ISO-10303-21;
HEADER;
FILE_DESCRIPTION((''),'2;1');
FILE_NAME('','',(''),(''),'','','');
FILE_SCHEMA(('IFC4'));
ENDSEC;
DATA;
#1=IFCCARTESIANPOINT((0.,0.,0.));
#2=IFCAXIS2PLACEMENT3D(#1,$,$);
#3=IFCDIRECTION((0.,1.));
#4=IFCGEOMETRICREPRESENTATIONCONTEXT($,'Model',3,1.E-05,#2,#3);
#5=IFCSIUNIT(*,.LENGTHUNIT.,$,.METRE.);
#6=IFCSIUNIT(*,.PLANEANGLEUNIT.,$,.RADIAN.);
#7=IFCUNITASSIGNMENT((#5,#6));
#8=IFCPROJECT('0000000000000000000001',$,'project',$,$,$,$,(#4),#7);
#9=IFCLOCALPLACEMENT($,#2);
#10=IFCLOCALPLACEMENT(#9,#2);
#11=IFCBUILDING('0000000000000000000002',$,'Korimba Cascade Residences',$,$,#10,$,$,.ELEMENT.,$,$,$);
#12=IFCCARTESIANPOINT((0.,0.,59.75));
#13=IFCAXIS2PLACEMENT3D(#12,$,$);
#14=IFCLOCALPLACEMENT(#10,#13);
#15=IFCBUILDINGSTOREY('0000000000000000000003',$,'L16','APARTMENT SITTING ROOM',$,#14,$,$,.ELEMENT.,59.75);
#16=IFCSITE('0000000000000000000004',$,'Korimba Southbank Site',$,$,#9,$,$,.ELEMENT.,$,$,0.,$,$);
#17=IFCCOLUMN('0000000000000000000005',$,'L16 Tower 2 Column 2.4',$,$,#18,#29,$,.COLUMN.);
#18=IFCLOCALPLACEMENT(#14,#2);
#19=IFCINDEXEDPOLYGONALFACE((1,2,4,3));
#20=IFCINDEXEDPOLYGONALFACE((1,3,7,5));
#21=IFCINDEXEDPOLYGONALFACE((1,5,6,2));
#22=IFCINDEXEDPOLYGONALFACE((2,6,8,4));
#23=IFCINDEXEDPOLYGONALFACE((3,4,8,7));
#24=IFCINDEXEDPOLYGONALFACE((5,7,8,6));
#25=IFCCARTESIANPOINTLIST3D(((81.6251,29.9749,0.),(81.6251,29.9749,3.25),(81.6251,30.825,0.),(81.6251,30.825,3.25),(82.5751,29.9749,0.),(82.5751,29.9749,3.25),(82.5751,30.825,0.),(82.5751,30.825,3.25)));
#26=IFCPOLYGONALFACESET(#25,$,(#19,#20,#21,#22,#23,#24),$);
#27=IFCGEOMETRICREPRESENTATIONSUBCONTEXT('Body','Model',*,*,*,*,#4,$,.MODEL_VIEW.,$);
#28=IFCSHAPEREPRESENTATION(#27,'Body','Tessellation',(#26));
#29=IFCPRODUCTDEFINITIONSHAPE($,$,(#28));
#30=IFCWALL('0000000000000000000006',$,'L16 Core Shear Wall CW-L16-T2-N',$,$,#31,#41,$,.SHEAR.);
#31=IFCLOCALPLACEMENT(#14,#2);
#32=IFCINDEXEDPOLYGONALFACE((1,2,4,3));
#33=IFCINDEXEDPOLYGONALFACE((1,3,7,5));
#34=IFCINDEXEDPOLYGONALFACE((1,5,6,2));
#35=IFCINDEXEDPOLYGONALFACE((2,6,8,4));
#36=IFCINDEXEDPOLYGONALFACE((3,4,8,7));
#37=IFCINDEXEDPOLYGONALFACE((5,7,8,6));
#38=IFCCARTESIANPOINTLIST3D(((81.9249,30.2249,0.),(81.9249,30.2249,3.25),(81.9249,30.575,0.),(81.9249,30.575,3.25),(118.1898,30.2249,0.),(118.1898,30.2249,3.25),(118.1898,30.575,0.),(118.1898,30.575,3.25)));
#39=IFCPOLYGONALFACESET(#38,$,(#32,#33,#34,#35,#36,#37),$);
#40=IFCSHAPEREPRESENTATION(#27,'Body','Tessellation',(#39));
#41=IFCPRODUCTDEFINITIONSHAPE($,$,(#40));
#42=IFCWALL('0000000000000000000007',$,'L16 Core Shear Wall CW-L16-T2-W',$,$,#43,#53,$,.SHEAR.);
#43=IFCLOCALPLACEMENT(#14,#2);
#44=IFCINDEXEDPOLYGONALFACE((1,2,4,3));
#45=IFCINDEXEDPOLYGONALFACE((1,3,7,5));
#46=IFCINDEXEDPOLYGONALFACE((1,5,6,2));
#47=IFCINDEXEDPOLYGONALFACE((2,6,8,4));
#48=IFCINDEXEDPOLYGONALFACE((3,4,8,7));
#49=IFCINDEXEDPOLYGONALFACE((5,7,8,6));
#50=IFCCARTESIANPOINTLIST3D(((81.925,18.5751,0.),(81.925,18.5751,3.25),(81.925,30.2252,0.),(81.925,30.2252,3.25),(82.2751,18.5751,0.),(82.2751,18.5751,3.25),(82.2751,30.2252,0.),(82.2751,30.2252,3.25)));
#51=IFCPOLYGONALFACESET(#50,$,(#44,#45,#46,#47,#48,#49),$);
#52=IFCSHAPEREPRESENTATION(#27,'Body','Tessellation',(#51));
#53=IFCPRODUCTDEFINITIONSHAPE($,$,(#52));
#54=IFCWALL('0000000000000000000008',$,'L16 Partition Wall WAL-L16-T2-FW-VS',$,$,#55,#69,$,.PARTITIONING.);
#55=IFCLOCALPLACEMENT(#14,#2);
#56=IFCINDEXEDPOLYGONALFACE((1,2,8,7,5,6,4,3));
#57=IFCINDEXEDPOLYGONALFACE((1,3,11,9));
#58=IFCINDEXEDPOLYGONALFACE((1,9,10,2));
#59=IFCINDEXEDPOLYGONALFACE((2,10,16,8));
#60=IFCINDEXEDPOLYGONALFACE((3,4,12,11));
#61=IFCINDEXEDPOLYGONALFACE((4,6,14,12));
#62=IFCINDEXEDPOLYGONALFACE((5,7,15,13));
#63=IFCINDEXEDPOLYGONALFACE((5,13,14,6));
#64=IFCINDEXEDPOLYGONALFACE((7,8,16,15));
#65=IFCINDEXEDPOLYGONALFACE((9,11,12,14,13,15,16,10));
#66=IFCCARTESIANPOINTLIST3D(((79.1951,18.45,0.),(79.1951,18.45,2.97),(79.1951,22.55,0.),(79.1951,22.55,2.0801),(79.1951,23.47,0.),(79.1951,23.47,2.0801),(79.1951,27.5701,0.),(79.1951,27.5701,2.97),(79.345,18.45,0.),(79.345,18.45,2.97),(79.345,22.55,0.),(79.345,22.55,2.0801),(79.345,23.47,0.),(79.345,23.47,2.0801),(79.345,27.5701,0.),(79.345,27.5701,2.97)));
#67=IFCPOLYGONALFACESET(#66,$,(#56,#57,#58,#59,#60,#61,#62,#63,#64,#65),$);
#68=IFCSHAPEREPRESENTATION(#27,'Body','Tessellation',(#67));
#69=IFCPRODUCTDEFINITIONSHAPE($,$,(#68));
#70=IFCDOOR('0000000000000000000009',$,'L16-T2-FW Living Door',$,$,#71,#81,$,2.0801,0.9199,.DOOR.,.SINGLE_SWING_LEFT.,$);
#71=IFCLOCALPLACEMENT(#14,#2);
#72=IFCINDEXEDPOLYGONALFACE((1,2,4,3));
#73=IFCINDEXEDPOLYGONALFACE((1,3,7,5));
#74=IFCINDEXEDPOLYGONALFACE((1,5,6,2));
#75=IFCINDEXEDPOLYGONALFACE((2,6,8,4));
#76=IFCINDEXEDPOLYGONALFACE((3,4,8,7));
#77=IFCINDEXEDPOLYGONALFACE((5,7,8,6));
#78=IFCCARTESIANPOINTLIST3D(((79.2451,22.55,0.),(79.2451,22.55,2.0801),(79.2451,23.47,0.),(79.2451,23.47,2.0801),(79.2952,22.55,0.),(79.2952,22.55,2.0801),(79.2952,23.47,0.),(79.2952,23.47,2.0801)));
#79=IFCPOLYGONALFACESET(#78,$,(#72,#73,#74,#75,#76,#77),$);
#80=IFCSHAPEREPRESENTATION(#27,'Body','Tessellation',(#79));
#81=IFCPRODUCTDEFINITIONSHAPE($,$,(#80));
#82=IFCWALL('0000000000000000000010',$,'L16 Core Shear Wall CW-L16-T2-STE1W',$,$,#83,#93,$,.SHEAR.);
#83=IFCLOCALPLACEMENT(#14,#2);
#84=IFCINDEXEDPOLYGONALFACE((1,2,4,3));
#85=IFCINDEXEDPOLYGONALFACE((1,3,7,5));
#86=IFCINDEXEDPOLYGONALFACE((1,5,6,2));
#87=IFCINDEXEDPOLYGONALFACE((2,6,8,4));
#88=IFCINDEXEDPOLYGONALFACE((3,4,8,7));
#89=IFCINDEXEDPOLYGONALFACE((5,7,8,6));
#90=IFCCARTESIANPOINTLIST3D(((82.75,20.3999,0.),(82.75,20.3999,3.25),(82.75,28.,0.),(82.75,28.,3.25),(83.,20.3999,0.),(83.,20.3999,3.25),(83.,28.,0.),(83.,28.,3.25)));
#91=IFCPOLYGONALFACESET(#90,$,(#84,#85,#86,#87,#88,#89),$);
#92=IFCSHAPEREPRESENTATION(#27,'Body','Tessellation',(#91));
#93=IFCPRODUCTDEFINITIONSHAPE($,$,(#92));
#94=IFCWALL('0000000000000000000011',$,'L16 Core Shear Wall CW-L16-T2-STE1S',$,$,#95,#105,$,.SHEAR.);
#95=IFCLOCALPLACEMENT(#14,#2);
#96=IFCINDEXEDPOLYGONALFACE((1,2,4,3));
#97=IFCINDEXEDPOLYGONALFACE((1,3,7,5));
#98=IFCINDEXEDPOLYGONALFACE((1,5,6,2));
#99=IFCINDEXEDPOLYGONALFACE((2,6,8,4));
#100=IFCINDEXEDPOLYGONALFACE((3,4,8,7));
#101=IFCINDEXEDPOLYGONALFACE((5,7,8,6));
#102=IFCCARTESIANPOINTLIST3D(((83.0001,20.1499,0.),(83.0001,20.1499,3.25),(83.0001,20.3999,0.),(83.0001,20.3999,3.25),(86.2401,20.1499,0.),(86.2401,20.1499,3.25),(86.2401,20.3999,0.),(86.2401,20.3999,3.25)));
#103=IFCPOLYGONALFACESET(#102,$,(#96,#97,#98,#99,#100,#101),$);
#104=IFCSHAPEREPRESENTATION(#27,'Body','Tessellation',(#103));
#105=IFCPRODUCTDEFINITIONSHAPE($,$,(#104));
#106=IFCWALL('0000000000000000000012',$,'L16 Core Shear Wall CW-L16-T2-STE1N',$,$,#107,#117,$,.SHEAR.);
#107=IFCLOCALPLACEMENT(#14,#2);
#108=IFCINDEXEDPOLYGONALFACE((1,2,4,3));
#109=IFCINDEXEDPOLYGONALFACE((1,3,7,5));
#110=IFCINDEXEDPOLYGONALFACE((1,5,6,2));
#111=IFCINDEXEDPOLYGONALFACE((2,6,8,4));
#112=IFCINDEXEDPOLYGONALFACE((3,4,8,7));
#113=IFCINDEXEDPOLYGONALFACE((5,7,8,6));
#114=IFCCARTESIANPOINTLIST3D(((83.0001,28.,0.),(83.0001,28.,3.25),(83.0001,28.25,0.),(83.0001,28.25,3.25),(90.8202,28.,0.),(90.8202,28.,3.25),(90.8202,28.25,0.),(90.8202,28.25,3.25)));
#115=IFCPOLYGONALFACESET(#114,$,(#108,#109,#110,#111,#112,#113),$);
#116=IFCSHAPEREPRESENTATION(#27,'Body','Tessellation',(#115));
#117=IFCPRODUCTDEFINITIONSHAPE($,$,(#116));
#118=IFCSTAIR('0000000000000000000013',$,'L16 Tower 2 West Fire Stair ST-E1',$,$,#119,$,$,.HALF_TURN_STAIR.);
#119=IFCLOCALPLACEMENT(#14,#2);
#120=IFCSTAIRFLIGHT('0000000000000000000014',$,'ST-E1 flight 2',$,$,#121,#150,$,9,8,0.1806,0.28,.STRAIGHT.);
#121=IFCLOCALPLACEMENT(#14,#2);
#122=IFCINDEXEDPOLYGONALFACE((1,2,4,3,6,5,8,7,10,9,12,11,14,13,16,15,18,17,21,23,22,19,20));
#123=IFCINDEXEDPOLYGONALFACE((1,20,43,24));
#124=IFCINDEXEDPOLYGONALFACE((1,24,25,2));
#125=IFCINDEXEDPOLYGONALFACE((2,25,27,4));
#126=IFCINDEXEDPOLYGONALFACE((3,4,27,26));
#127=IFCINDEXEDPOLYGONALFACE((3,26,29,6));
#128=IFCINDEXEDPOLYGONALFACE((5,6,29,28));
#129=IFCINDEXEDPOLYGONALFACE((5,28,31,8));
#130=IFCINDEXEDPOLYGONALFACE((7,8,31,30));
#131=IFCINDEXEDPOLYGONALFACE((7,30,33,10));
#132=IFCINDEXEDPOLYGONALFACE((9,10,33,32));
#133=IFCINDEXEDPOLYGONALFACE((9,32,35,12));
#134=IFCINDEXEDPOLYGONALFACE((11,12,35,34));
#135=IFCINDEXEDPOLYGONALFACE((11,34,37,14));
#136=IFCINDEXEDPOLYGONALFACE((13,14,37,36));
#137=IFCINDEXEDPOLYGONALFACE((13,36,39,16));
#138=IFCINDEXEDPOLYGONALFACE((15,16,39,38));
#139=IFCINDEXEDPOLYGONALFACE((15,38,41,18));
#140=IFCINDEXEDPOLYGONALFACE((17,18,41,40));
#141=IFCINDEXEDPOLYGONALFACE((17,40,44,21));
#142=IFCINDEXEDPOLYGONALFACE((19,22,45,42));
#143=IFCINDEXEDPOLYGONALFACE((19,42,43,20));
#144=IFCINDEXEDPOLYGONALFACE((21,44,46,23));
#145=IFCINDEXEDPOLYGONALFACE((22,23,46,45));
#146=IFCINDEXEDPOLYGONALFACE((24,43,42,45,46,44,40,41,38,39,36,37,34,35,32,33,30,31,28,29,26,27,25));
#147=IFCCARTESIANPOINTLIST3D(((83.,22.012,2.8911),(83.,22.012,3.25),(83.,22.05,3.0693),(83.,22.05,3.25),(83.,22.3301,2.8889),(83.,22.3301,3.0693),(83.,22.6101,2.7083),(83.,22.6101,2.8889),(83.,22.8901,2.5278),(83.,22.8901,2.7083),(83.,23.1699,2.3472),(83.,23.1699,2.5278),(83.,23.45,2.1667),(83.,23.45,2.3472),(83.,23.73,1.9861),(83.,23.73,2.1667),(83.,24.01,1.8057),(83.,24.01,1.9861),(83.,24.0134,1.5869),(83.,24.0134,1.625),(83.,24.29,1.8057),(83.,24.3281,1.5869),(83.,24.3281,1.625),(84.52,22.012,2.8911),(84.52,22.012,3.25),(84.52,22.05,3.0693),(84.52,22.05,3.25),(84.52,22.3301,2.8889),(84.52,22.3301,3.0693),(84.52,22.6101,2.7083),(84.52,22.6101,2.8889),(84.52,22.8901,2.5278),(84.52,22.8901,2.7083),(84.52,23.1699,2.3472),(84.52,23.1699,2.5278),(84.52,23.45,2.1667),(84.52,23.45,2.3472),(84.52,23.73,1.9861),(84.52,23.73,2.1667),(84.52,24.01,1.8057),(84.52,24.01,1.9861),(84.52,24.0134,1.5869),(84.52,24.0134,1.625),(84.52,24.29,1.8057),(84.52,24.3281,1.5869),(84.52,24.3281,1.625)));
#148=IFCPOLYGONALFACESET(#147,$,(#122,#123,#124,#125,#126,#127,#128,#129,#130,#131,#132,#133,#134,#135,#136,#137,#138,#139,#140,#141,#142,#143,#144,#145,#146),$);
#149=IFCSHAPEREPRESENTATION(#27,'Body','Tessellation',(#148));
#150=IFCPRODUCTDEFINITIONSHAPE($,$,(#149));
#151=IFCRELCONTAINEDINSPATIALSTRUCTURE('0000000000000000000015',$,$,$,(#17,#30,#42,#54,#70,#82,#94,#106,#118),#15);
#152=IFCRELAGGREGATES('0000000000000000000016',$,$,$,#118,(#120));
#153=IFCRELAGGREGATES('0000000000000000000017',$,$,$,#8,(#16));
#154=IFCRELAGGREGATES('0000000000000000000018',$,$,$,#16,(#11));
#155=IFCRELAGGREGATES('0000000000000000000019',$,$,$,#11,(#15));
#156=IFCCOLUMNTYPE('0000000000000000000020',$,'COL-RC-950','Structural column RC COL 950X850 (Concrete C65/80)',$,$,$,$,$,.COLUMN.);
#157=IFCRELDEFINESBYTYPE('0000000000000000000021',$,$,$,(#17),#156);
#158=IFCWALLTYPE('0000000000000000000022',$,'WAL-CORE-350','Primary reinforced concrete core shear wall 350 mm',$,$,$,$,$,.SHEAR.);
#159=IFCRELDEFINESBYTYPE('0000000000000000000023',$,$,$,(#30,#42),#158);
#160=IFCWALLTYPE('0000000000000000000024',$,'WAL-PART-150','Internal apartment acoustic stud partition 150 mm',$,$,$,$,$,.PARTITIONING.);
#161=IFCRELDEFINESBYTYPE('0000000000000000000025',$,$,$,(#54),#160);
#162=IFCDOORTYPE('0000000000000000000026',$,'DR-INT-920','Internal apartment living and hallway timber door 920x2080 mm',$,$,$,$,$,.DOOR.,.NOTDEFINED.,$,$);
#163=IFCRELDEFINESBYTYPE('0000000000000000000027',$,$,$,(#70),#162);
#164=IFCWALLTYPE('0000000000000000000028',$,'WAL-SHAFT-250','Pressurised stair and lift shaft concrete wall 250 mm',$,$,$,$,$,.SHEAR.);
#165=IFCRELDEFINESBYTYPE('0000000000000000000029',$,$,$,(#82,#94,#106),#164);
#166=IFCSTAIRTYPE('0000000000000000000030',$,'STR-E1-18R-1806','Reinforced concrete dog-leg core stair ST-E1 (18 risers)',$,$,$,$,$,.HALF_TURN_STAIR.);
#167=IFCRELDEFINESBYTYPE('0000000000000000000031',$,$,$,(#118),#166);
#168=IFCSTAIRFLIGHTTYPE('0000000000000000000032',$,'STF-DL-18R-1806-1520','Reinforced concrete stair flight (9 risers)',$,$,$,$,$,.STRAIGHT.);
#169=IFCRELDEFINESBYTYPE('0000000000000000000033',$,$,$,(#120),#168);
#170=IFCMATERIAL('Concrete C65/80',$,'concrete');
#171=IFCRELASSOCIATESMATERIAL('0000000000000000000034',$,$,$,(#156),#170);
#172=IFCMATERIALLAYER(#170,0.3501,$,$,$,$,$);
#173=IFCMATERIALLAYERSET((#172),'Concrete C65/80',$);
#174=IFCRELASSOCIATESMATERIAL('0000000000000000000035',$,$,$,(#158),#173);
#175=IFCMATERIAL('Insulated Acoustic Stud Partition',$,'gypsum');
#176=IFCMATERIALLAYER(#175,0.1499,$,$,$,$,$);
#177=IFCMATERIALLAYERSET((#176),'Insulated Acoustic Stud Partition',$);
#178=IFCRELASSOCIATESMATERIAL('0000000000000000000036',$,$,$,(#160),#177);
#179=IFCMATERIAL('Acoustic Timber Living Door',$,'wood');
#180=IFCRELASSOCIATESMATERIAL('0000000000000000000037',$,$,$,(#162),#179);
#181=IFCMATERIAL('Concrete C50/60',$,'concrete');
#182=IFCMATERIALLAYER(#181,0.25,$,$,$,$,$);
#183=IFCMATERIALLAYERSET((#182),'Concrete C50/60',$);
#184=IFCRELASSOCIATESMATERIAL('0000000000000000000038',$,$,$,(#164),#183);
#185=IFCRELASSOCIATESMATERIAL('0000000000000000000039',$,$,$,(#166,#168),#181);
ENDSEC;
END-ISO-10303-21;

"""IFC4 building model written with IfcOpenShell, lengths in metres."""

from ifc_helpers import new_model, si_unit, direction, frame, frame_2d, origin, origin_2d, place, context, subcontext, project, spatial, polyline, rectangle, outline, extrude, material, layer, layer_set, material_profile, profile_set, type_object, element, fill, aggregate, save


model = new_model("IFC4")

# Units and contexts
model_context = context("Model", 3, precision=1e-05, world=origin(), true_north=direction((0.0, 1.0)))
body_context = subcontext(model_context, "Body", "Model", "MODEL_VIEW")
ifc_project = project(units=[si_unit("LENGTHUNIT", "METRE"), si_unit("PLANEANGLEUNIT", "RADIAN")], contexts=[model_context])

# Site, building, storey
site_placement = place(None, origin())
site = spatial("IfcSite", under=ifc_project, at=site_placement, Name="Korimba Southbank Site", CompositionType="ELEMENT", RefElevation=0.0)
building_placement = place(site_placement, origin())
building = spatial("IfcBuilding", under=site, at=building_placement, Name="Korimba Cascade Residences", CompositionType="ELEMENT")
storey_placement = place(building_placement, frame((0.0, 0.0, 59.75)))
storey = spatial("IfcBuildingStorey", under=building, at=storey_placement, Name="L16", Description="APARTMENT SITTING ROOM", CompositionType="ELEMENT", Elevation=59.75)

# Column
ifc_material_1 = material(Name="Concrete C65/80", Category="concrete")
ifc_material_profile = material_profile(ifc_material_1, rectangle(XDim=0.95, YDim=0.8501, at=origin_2d()), Name="Concrete C65/80")
ifc_profile_set = profile_set([ifc_material_profile], Name="Concrete C65/80")
column_type = type_object("IfcColumnType", Name="COL-RC-950", Description="Structural column RC COL 950X850 (Concrete C65/80)", PredefinedType="COLUMN", material=ifc_profile_set)
column_placement = place(storey_placement, frame((82.1001, 30.3999, 0.0), z_axis=(0.0, 0.0, 1.0), x_axis=(1.0, 0.0, 0.0)))
element("IfcColumn", 1, at=column_placement, inside=storey, type_object=column_type, Name="L16 Tower 2 Column 2.4", PredefinedType="COLUMN", context=body_context, shape_type="SweptSolid", body=[
    extrude(rectangle(XDim=0.95, YDim=0.8501, at=origin_2d()), origin(), (0.0, 0.0, 1.0), 3.25),
])

# Walls
ifc_layer_1 = layer(ifc_material_1, 0.3501)
ifc_layer_set_1 = layer_set([ifc_layer_1], Name="Concrete C65/80")
wall_type_1 = type_object("IfcWallType", Name="WAL-CORE-350", Description="Primary reinforced concrete core shear wall 350 mm", PredefinedType="SHEAR", material=ifc_layer_set_1)
wall_1_placement = place(storey_placement, frame((81.925, 30.3999, 0.0), z_axis=(0.0, 0.0, 1.0), x_axis=(1.0, 0.0, 0.0)))
element("IfcWall", 2, at=wall_1_placement, inside=storey, type_object=wall_type_1, Name="L16 Core Shear Wall CW-L16-T2-N", PredefinedType="SHEAR", context=body_context, shape_type="SweptSolid", body=[
    extrude(rectangle(XDim=36.2649, YDim=0.3501, at=frame_2d((18.1323, 0.0))), origin(), (0.0, 0.0, 1.0), 3.25),
])
wall_2_placement = place(storey_placement, frame((82.1001, 18.575, 0.0), z_axis=(0.0, 0.0, 1.0), x_axis=(0.0, 1.0, 0.0)))
element("IfcWall", 3, at=wall_2_placement, inside=storey, type_object=wall_type_1, Name="L16 Core Shear Wall CW-L16-T2-W", PredefinedType="SHEAR", context=body_context, shape_type="SweptSolid", body=[
    extrude(rectangle(XDim=11.6501, YDim=0.3501, at=frame_2d((5.8252, 0.0))), origin(), (0.0, 0.0, 1.0), 3.25),
])

# Wall, opening, door
ifc_material_2 = material(Name="Insulated Acoustic Stud Partition", Category="gypsum")
ifc_layer_2 = layer(ifc_material_2, 0.1499)
ifc_layer_set_2 = layer_set([ifc_layer_2], Name="Insulated Acoustic Stud Partition")
wall_type_2 = type_object("IfcWallType", Name="WAL-PART-150", Description="Internal apartment acoustic stud partition 150 mm", PredefinedType="PARTITIONING", material=ifc_layer_set_2)
wall_3_placement = place(storey_placement, frame((79.27, 18.45, 0.0), z_axis=(0.0, 0.0, 1.0), x_axis=(0.0, 1.0, 0.0)))
wall_3 = element("IfcWall", 4, at=wall_3_placement, inside=storey, type_object=wall_type_2, Name="L16 Partition Wall WAL-L16-T2-FW-VS", PredefinedType="PARTITIONING", context=body_context, shape_type="SweptSolid", body=[
    extrude(rectangle(XDim=9.1201, YDim=0.1499, at=frame_2d((4.5601, 0.0))), origin(), (0.0, 0.0, 1.0), 2.97),
])
opening_placement = place(wall_3_placement, frame((4.1001, 0.0, 0.0)))
opening = element("IfcOpeningElement", 5, at=opening_placement, cuts=wall_3, PredefinedType="OPENING", context=body_context, shape_type="SweptSolid", body=[
    extrude(rectangle(XDim=0.9199, YDim=2.0801, at=frame_2d((0.46, 1.04))), frame((0.0, 0.085, 0.0), z_axis=(0.0, -1.0, 0.0), x_axis=(1.0, 0.0, 0.0)), (0.0, 0.0, 1.0), 0.1699),
])
ifc_material_3 = material(Name="Acoustic Timber Living Door", Category="wood")
door_type = type_object("IfcDoorType", Name="DR-INT-920", Description="Internal apartment living and hallway timber door 920x2080 mm", OperationType="NOTDEFINED", PredefinedType="DOOR", material=ifc_material_3)
door_placement = place(opening_placement, origin())
door = element("IfcDoor", 6, at=door_placement, inside=storey, type_object=door_type, Name="L16-T2-FW Living Door", OperationType="SINGLE_SWING_LEFT", OverallHeight=2.0801, OverallWidth=0.9199, PredefinedType="DOOR", context=body_context, shape_type="SweptSolid", body=[
    extrude(rectangle(XDim=0.9199, YDim=2.0801, at=frame_2d((0.46, 1.04))), frame((0.0, 0.0249, 0.0), z_axis=(0.0, -1.0, 0.0), x_axis=(1.0, 0.0, 0.0)), (0.0, 0.0, 1.0), 0.05),
])
fill(opening, door)

# Walls
ifc_material_4 = material(Name="Concrete C50/60", Category="concrete")
ifc_layer_3 = layer(ifc_material_4, 0.25)
ifc_layer_set_3 = layer_set([ifc_layer_3], Name="Concrete C50/60")
wall_type_3 = type_object("IfcWallType", Name="WAL-SHAFT-250", Description="Pressurised stair and lift shaft concrete wall 250 mm", PredefinedType="SHEAR", material=ifc_layer_set_3)
wall_4_placement = place(storey_placement, frame((82.875, 20.3999, 0.0), z_axis=(0.0, 0.0, 1.0), x_axis=(0.0, 1.0, 0.0)))
element("IfcWall", 7, at=wall_4_placement, inside=storey, type_object=wall_type_3, Name="L16 Core Shear Wall CW-L16-T2-STE1W", PredefinedType="SHEAR", context=body_context, shape_type="SweptSolid", body=[
    extrude(rectangle(XDim=7.6001, YDim=0.25, at=frame_2d((3.8, 0.0))), origin(), (0.0, 0.0, 1.0), 3.25),
])
wall_5_placement = place(storey_placement, frame((83.0, 20.2749, 0.0), z_axis=(0.0, 0.0, 1.0), x_axis=(1.0, 0.0, 0.0)))
element("IfcWall", 8, at=wall_5_placement, inside=storey, type_object=wall_type_3, Name="L16 Core Shear Wall CW-L16-T2-STE1S", PredefinedType="SHEAR", context=body_context, shape_type="SweptSolid", body=[
    extrude(rectangle(XDim=3.24, YDim=0.25, at=frame_2d((1.6201, 0.0))), origin(), (0.0, 0.0, 1.0), 3.25),
])
wall_6_placement = place(storey_placement, frame((83.0, 28.125, 0.0), z_axis=(0.0, 0.0, 1.0), x_axis=(1.0, 0.0, 0.0)))
element("IfcWall", 9, at=wall_6_placement, inside=storey, type_object=wall_type_3, Name="L16 Core Shear Wall CW-L16-T2-STE1N", PredefinedType="SHEAR", context=body_context, shape_type="SweptSolid", body=[
    extrude(rectangle(XDim=7.8201, YDim=0.25, at=frame_2d((3.9102, 0.0))), origin(), (0.0, 0.0, 1.0), 3.25),
])

# Stair, stair flight
stair_type = type_object("IfcStairType", Name="STR-E1-18R-1806", Description="Reinforced concrete dog-leg core stair ST-E1 (18 risers)", PredefinedType="HALF_TURN_STAIR", material=ifc_material_4)
stair_placement = place(storey_placement, origin())
stair = element("IfcStair", 10, at=stair_placement, inside=storey, type_object=stair_type, Name="L16 Tower 2 West Fire Stair ST-E1", PredefinedType="HALF_TURN_STAIR")
stair_flight_type = type_object("IfcStairFlightType", Name="STF-DL-18R-1806-1520", Description="Reinforced concrete stair flight (9 risers)", PredefinedType="STRAIGHT", material=ifc_material_4)
stair_flight_placement = place(storey_placement, frame((83.76, 24.29, 1.625), z_axis=(0.0, 0.0, 1.0), x_axis=(0.0, -1.0, 0.0)))
stair_flight = element("IfcStairFlight", 11, at=stair_flight_placement, type_object=stair_flight_type, Name="ST-E1 flight 2", NumberOfRisers=9, NumberOfTreads=8, PredefinedType="STRAIGHT", RiserHeight=0.1806, TreadLength=0.28, context=body_context, shape_type="SweptSolid", body=[
    extrude(outline(polyline([(-0.0381, 0.0), (0.0, 0.1807), (0.28, 0.1807), (0.28, 0.3611), (0.5601, 0.3611), (0.5601, 0.5417), (0.8401, 0.5417), (0.8401, 0.7222), (1.1201, 0.7222), (1.1201, 0.9028), (1.3999, 0.9028), (1.3999, 1.0833), (1.6799, 1.0833), (1.6799, 1.2639), (1.96, 1.2639), (1.96, 1.4443), (2.24, 1.4443), (2.24, 1.625), (2.2781, 1.625), (2.2781, 1.2661), (0.2766, 0.0), (0.2766, -0.0381), (-0.0381, -0.0381), (-0.0381, 0.0)])), frame((0.0, 0.76, 0.0), z_axis=(0.0, -1.0, 0.0), x_axis=(1.0, 0.0, 0.0)), (0.0, 0.0, 1.0), 1.52),
])
aggregate(stair, [stair_flight])

save(model, "model.ifc")
